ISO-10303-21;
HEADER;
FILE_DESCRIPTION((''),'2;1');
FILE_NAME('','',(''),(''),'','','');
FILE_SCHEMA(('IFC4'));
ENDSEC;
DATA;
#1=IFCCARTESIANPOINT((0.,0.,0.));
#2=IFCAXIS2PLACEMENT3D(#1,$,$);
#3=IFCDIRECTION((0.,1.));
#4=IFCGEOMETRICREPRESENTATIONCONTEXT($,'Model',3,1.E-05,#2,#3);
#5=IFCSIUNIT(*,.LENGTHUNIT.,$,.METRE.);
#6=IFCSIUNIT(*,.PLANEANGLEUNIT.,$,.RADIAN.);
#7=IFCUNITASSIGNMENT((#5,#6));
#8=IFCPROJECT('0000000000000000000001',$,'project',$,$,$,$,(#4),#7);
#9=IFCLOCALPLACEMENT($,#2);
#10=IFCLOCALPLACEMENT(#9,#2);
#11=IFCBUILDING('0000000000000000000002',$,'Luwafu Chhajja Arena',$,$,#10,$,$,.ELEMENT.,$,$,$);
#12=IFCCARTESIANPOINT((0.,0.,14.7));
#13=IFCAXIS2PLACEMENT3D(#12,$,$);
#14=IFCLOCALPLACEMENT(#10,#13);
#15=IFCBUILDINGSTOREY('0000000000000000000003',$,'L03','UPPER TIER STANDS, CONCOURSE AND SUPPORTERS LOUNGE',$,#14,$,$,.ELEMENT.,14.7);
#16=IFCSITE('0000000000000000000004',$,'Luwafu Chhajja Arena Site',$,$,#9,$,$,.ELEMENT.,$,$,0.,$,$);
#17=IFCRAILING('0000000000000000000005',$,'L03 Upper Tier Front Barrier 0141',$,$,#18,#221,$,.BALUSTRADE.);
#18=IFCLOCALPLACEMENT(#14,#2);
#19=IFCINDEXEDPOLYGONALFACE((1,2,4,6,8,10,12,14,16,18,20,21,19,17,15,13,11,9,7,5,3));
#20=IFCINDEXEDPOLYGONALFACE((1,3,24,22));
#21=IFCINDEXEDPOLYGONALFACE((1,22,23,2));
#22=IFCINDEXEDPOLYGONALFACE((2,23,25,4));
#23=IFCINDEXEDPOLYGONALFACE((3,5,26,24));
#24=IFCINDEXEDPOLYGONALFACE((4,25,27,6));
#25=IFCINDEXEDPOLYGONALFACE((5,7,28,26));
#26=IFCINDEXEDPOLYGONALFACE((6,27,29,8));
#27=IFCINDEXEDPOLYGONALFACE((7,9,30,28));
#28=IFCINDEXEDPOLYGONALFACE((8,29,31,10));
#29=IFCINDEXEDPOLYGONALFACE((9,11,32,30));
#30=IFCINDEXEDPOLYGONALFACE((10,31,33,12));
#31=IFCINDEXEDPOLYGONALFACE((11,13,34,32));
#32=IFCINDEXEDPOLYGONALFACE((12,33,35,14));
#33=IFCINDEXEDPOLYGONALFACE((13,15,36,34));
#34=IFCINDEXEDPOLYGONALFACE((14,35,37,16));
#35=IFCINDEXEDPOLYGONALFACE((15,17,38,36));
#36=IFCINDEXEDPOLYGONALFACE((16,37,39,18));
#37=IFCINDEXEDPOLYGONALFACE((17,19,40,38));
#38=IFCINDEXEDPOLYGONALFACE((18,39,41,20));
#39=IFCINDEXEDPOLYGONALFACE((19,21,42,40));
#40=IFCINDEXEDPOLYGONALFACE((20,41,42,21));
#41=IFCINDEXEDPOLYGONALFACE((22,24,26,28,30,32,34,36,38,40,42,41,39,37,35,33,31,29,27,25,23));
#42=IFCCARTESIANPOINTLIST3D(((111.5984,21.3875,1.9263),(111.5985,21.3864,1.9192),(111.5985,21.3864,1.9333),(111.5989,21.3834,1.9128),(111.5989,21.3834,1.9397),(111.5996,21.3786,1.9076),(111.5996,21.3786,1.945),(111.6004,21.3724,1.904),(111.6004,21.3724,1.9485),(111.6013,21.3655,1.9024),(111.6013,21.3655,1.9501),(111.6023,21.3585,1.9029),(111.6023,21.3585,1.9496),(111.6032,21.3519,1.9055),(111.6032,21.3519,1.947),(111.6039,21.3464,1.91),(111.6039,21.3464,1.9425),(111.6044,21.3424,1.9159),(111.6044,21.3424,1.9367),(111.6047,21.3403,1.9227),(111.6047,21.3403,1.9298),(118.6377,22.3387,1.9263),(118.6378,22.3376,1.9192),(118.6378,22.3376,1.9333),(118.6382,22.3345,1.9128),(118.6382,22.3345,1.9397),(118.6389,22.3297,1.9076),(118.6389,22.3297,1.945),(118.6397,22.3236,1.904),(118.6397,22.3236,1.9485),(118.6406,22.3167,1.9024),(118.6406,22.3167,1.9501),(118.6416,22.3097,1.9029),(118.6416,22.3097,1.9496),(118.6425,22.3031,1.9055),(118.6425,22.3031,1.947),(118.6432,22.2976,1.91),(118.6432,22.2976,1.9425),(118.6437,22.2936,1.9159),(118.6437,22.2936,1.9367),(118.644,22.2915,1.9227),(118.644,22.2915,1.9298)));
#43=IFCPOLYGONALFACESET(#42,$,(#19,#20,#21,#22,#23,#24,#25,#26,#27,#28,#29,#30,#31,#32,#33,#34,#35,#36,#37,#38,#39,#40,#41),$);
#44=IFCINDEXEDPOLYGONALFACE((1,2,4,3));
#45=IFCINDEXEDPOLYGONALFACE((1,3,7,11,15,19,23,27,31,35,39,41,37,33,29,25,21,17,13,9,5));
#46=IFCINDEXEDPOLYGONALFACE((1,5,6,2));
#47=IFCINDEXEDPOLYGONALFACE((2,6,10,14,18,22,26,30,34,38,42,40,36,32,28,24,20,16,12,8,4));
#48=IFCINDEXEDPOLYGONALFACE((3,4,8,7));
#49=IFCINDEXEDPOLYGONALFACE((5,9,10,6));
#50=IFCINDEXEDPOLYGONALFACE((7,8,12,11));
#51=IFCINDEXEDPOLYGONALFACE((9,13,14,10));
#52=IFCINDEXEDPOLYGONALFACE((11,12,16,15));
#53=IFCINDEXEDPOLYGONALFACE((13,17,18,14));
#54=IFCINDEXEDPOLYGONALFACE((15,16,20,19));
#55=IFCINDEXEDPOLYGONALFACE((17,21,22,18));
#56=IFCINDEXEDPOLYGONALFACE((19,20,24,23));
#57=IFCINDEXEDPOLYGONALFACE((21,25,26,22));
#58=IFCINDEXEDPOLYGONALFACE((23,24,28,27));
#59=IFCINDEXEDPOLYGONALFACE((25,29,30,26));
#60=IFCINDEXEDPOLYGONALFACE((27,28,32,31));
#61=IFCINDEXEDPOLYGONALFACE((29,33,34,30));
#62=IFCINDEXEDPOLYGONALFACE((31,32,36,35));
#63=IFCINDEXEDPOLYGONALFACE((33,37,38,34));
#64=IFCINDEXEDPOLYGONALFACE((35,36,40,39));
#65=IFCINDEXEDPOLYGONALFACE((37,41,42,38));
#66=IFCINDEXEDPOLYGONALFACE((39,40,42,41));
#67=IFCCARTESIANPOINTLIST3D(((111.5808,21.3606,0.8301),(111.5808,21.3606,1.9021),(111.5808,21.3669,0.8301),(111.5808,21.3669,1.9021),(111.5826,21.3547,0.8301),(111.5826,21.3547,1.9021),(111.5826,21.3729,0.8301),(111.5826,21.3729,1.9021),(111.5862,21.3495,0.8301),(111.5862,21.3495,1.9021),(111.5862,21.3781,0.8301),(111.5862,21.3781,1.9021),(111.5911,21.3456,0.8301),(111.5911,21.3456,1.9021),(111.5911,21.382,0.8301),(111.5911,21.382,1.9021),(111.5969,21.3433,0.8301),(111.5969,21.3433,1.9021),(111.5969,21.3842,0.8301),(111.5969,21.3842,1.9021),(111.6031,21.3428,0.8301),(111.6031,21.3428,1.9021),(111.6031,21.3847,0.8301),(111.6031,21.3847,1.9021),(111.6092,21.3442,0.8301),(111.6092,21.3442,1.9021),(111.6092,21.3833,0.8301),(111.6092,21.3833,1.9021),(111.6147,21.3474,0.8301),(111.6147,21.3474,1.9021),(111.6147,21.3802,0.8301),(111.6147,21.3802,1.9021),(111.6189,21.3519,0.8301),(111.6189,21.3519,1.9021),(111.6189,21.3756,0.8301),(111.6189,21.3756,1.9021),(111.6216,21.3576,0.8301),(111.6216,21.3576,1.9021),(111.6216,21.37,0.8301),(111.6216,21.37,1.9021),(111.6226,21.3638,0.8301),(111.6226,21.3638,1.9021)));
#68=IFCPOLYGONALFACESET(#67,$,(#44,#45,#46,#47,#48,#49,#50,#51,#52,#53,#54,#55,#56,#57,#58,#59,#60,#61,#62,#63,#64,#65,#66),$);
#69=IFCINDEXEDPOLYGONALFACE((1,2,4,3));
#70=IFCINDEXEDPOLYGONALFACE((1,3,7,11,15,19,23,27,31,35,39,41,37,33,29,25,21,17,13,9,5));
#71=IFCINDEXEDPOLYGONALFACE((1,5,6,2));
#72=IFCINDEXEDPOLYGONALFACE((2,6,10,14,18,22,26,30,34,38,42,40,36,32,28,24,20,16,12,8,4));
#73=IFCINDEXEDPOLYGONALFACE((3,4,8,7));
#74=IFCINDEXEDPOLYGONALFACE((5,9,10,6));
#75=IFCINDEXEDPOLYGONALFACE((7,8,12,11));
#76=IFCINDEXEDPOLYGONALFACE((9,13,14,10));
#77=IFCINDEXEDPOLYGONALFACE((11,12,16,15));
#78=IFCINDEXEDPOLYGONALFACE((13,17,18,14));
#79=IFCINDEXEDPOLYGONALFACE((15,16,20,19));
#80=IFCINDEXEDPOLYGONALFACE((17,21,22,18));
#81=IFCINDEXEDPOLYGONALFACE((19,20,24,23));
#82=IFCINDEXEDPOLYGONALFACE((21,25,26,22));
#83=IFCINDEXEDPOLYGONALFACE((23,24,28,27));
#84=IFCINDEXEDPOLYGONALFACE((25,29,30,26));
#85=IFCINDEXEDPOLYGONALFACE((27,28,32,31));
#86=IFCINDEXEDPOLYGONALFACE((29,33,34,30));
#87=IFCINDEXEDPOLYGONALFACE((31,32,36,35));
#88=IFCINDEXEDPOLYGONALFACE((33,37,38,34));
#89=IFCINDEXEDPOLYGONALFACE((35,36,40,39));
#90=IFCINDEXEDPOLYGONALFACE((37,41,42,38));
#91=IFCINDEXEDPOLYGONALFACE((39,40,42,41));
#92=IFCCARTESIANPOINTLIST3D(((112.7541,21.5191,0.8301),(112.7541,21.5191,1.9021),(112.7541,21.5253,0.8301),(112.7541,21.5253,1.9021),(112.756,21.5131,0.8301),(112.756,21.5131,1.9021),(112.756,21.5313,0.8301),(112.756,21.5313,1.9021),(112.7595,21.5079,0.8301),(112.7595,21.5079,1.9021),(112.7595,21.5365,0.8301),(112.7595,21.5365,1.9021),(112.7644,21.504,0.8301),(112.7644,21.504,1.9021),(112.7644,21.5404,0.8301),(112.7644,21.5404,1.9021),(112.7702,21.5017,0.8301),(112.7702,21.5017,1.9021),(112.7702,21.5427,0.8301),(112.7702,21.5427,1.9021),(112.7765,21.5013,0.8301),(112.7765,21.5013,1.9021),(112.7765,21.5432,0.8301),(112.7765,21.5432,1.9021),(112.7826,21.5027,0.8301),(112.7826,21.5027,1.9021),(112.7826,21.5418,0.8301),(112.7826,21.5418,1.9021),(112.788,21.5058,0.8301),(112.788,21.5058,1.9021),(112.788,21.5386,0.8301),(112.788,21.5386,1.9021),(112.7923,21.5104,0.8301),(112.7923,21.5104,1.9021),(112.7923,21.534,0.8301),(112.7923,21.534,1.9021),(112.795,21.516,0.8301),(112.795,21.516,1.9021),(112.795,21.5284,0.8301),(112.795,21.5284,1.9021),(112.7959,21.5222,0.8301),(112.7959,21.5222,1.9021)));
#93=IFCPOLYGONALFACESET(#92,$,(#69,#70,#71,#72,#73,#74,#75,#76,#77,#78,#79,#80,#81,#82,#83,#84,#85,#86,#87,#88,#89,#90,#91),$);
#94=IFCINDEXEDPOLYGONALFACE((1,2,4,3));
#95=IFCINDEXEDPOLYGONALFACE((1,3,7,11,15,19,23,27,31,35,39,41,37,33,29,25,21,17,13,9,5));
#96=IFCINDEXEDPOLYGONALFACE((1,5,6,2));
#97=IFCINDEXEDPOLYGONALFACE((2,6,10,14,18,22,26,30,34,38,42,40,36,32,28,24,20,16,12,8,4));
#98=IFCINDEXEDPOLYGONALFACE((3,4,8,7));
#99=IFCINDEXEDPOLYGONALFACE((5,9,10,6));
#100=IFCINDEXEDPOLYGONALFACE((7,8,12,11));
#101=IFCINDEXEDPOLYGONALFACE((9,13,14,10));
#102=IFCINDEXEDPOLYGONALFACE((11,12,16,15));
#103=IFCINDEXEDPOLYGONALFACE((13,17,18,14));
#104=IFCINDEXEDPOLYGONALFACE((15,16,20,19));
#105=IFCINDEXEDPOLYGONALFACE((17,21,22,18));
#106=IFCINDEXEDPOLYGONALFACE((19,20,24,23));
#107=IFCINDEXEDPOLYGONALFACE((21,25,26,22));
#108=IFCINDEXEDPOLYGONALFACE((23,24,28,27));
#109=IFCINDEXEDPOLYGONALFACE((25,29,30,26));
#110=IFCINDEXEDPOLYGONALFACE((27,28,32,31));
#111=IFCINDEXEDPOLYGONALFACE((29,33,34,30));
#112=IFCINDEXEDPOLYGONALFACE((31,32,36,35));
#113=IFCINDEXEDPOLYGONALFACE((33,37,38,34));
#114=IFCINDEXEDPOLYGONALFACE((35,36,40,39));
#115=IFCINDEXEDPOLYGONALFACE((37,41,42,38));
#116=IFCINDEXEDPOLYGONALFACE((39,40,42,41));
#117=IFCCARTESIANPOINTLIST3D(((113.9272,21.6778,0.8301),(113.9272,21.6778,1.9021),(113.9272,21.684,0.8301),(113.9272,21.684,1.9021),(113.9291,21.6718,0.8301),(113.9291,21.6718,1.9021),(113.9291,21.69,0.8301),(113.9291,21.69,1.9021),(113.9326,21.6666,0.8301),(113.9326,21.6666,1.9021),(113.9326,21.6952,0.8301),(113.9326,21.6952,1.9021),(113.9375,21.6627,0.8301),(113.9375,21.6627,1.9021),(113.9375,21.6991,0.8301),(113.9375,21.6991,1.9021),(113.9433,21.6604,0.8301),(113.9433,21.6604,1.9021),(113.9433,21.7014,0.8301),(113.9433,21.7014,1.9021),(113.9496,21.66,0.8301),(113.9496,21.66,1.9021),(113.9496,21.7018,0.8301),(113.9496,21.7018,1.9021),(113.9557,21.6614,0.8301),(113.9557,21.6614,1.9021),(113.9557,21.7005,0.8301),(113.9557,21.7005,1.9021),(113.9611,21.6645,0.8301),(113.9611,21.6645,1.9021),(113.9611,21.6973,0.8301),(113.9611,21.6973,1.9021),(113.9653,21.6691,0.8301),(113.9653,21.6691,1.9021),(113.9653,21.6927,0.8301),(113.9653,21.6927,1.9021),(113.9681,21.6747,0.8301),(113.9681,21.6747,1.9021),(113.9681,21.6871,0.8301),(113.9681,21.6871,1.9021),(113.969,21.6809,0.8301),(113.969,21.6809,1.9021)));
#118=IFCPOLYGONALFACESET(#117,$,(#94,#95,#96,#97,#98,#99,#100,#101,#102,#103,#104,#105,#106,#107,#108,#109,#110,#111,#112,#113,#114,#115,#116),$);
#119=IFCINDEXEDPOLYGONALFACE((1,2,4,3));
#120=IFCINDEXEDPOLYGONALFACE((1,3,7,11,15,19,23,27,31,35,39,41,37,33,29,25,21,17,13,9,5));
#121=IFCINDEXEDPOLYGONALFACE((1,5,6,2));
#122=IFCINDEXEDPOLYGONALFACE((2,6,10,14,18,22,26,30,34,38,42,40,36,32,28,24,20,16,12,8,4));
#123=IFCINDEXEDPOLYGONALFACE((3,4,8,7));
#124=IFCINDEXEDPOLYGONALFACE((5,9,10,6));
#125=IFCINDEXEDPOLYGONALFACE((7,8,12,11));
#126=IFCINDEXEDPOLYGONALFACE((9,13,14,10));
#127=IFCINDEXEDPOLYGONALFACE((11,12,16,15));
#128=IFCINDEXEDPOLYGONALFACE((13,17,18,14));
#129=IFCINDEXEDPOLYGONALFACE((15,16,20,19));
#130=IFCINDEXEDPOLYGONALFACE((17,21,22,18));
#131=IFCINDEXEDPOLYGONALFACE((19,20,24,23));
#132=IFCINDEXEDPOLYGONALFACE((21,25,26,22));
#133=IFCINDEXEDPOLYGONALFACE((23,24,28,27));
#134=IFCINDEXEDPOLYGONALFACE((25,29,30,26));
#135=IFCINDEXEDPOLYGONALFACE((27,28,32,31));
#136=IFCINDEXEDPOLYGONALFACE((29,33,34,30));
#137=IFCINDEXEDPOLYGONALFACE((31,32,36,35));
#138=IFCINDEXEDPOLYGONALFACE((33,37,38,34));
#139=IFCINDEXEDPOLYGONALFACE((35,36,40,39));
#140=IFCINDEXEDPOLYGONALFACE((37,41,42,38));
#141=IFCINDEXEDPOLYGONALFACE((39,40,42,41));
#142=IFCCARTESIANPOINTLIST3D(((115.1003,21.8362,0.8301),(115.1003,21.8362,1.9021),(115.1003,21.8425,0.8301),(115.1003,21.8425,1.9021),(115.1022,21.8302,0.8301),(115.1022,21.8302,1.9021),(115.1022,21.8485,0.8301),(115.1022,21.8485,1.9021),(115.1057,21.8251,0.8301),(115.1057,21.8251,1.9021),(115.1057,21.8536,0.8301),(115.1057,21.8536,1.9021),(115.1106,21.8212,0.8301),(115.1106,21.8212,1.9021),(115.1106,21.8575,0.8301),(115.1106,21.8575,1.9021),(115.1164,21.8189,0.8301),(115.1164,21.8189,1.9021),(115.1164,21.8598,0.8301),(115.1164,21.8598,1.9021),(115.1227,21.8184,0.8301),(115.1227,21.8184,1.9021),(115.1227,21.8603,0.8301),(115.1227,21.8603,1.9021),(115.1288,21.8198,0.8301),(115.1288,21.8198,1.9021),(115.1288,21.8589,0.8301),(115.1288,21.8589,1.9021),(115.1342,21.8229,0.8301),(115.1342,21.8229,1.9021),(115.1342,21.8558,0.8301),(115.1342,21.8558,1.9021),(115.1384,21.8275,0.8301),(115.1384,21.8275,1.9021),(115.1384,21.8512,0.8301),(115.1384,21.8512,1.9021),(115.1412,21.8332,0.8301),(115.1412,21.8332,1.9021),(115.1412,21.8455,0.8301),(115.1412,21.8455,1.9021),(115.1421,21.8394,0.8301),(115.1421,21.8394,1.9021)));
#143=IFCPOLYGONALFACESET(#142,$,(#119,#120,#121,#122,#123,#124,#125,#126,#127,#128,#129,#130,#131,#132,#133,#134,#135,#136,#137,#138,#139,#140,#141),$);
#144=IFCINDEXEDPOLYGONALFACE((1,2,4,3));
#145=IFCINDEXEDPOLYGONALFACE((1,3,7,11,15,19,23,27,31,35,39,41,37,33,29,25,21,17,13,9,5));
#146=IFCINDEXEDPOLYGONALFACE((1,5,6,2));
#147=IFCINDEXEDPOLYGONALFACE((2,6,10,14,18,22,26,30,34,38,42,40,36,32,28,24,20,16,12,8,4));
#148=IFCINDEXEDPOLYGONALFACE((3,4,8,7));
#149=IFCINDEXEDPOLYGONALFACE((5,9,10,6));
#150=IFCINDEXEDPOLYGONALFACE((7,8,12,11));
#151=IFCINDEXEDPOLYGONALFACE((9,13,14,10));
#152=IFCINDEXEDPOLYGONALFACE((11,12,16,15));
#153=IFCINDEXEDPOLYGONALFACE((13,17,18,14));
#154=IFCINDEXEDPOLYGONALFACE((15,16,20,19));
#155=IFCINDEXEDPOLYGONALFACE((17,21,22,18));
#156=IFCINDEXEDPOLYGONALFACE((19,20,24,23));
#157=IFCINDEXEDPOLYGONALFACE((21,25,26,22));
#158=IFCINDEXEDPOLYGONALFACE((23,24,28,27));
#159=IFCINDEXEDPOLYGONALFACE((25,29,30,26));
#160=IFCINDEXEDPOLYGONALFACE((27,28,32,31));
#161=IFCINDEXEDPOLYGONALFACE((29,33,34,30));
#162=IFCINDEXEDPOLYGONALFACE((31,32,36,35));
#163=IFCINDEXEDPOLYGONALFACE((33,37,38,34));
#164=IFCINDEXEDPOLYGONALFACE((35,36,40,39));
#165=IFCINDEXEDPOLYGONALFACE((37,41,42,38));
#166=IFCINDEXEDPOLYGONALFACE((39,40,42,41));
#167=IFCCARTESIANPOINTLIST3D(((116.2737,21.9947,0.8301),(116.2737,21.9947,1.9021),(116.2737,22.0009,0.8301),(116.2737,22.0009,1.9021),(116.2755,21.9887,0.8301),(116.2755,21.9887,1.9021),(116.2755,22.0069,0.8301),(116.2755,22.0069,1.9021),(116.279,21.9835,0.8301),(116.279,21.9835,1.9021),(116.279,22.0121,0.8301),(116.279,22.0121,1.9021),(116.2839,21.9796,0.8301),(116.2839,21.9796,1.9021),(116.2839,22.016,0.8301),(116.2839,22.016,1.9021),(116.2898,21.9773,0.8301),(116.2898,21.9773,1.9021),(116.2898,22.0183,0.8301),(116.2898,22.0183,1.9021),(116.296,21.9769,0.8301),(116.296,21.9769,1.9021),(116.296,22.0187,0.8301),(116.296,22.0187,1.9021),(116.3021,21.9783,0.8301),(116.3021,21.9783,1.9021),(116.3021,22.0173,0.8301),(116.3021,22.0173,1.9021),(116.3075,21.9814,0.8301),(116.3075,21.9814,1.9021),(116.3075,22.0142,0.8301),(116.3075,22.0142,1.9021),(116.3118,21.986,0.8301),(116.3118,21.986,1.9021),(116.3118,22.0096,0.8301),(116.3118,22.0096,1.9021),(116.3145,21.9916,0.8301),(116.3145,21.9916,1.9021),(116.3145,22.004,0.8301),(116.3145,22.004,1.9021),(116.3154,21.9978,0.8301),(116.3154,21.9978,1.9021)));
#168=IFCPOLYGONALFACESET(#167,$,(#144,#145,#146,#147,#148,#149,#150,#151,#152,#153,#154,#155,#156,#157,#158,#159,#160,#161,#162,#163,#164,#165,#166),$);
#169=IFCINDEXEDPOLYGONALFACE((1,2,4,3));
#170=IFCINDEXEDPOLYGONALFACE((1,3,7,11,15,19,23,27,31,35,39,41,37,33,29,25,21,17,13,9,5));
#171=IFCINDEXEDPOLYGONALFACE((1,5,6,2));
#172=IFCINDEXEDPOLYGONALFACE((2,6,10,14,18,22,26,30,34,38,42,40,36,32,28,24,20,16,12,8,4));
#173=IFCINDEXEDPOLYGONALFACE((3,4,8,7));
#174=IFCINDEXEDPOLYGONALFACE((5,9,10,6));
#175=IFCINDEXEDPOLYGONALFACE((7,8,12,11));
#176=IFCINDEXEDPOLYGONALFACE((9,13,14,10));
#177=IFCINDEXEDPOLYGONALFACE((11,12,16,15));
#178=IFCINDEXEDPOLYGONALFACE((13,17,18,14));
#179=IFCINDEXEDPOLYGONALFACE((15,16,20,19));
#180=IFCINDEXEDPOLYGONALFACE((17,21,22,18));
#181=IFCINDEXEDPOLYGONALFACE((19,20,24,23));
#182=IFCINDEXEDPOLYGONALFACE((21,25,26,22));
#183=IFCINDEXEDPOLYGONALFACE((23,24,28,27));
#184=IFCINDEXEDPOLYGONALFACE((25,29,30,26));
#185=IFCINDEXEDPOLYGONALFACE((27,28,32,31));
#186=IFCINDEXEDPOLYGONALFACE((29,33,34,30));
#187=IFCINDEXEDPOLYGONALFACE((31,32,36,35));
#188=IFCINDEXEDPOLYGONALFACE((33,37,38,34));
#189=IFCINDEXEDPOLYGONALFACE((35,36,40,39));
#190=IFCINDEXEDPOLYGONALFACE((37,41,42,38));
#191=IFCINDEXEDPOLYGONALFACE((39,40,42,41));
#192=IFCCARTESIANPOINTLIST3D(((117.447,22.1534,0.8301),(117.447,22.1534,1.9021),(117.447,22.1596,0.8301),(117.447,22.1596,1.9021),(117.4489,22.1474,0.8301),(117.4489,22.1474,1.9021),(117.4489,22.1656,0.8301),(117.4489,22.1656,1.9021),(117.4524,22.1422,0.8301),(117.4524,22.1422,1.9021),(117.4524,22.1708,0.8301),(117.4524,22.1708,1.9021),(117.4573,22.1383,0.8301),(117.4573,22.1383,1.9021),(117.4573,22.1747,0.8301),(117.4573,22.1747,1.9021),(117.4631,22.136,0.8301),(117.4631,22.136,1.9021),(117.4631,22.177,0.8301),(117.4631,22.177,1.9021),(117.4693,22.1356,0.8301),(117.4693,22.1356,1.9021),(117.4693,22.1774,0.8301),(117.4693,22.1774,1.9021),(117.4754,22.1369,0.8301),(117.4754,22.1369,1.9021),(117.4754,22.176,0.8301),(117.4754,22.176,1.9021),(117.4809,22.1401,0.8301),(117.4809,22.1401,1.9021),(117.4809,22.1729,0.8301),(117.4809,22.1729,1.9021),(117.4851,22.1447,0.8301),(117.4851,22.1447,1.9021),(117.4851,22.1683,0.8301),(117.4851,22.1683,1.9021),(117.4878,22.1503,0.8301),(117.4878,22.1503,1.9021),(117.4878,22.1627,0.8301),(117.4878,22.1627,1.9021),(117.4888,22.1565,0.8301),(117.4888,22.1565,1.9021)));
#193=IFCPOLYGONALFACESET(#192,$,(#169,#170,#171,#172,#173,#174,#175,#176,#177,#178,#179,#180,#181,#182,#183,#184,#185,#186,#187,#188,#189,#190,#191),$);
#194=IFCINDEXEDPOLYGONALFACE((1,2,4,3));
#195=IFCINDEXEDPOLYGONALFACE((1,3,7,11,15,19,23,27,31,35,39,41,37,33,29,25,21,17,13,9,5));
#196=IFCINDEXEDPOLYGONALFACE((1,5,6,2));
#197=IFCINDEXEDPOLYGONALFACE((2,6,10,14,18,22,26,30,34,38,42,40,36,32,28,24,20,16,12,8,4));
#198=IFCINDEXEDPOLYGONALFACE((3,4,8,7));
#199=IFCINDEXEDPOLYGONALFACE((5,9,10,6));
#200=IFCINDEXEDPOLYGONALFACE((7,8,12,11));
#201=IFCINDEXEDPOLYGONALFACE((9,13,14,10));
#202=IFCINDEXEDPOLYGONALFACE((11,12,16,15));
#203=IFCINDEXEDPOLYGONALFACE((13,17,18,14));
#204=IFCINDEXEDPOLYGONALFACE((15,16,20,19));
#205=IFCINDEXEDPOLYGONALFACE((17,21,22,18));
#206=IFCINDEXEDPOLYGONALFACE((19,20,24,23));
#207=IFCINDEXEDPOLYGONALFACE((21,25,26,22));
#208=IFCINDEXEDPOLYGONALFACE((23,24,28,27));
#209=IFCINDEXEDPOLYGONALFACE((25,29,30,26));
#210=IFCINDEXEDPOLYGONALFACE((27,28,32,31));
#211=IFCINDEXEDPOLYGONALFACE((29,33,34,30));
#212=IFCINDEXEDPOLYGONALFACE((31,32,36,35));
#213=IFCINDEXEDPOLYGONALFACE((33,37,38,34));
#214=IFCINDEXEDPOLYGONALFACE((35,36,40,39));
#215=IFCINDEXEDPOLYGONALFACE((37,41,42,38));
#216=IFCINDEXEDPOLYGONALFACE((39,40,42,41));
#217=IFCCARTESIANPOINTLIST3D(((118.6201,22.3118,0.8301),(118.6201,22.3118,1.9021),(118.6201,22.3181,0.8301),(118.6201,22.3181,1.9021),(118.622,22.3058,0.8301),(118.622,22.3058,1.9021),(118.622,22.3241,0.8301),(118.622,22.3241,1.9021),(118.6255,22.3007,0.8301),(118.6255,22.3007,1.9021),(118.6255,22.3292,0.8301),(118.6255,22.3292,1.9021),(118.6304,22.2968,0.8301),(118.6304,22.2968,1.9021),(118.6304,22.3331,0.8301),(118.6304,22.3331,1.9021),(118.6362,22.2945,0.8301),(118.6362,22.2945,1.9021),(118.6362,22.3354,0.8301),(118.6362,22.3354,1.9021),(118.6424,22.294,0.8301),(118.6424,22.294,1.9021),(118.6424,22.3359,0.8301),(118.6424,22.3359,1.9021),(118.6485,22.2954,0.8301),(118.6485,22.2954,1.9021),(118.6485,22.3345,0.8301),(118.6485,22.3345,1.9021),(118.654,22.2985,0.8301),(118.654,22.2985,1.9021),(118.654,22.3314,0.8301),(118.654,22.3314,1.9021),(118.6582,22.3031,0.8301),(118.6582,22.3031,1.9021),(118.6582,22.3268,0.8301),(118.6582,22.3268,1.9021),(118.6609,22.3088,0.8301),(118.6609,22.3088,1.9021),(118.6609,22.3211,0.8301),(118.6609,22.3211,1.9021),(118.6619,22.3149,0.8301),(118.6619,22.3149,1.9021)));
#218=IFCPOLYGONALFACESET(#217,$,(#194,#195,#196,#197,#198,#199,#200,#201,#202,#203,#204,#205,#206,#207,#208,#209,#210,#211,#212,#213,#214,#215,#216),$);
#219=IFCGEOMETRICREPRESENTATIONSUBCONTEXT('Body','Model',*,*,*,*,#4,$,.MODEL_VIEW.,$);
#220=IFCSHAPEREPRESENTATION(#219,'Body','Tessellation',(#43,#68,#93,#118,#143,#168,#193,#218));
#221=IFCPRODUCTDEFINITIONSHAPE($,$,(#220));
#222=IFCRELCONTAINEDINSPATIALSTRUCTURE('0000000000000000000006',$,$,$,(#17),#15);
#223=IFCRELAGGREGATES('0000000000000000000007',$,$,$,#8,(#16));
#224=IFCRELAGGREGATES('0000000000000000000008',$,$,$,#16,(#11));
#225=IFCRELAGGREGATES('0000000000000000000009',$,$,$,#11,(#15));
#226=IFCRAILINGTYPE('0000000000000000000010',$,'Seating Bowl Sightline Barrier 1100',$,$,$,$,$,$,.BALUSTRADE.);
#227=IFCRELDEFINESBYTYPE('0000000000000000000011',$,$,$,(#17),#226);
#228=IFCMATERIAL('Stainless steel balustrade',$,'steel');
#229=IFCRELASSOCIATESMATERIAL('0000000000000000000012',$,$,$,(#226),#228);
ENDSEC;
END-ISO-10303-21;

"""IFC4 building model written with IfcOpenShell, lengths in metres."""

from ifc_helpers import new_model, si_unit, direction, frame, origin, origin_2d, place, context, subcontext, project, spatial, circle, extrude, material, type_object, element, save


model = new_model("IFC4")

# Units and contexts
model_context = context("Model", 3, precision=1e-05, world=origin(), true_north=direction((0.0, 1.0)))
body_context = subcontext(model_context, "Body", "Model", "MODEL_VIEW")
ifc_project = project(units=[si_unit("LENGTHUNIT", "METRE"), si_unit("PLANEANGLEUNIT", "RADIAN")], contexts=[model_context])

# Site, building, storey
site_placement = place(None, origin())
site = spatial("IfcSite", under=ifc_project, at=site_placement, Name="Luwafu Chhajja Arena Site", CompositionType="ELEMENT", RefElevation=0.0)
building_placement = place(site_placement, origin())
building = spatial("IfcBuilding", under=site, at=building_placement, Name="Luwafu Chhajja Arena", CompositionType="ELEMENT")
storey_placement = place(building_placement, frame((0.0, 0.0, 14.7)))
storey = spatial("IfcBuildingStorey", under=building, at=storey_placement, Name="L03", Description="UPPER TIER STANDS, CONCOURSE AND SUPPORTERS LOUNGE", CompositionType="ELEMENT", Elevation=14.7)

# Shared definitions
ifc_material_1 = material(Name="Stainless steel balustrade", Category="steel")

# Railing
railing_type_1 = type_object("IfcRailingType", Name="Seating Bowl Sightline Barrier 1100", PredefinedType="BALUSTRADE", material=ifc_material_1)
railing_1_placement = place(storey_placement, frame((111.6016, 21.3638, 0.8301)))
element("IfcRailing", 1, at=railing_1_placement, inside=storey, type_object=railing_type_1, Name="L03 Upper Tier Front Barrier 0141", PredefinedType="BALUSTRADE", context=body_context, shape_type="SweptSolid", body=[
    extrude(circle(Radius=0.0239, at=origin_2d()), frame((0.0, 0.0, 1.0962), z_axis=(0.990994, 0.133906, 0.0), x_axis=(-0.133906, 0.990994, 0.0)), (0.0, 0.0, 1.0), 7.1033),
    extrude(circle(Radius=0.021, at=origin_2d()), origin(), (0.0, 0.0, 1.0), 1.072),
    extrude(circle(Radius=0.021, at=origin_2d()), frame((1.1733, 0.1584, 0.0)), (0.0, 0.0, 1.0), 1.072),
    extrude(circle(Radius=0.021, at=origin_2d()), frame((2.3464, 0.3171, 0.0)), (0.0, 0.0, 1.0), 1.072),
    extrude(circle(Radius=0.021, at=origin_2d()), frame((3.5195, 0.4756, 0.0)), (0.0, 0.0, 1.0), 1.072),
    extrude(circle(Radius=0.021, at=origin_2d()), frame((4.6929, 0.634, 0.0)), (0.0, 0.0, 1.0), 1.072),
    extrude(circle(Radius=0.021, at=origin_2d()), frame((5.8662, 0.7927, 0.0)), (0.0, 0.0, 1.0), 1.072),
    extrude(circle(Radius=0.021, at=origin_2d()), frame((7.0393, 0.9512, 0.0)), (0.0, 0.0, 1.0), 1.072),
])

save(model, "model.ifc")
